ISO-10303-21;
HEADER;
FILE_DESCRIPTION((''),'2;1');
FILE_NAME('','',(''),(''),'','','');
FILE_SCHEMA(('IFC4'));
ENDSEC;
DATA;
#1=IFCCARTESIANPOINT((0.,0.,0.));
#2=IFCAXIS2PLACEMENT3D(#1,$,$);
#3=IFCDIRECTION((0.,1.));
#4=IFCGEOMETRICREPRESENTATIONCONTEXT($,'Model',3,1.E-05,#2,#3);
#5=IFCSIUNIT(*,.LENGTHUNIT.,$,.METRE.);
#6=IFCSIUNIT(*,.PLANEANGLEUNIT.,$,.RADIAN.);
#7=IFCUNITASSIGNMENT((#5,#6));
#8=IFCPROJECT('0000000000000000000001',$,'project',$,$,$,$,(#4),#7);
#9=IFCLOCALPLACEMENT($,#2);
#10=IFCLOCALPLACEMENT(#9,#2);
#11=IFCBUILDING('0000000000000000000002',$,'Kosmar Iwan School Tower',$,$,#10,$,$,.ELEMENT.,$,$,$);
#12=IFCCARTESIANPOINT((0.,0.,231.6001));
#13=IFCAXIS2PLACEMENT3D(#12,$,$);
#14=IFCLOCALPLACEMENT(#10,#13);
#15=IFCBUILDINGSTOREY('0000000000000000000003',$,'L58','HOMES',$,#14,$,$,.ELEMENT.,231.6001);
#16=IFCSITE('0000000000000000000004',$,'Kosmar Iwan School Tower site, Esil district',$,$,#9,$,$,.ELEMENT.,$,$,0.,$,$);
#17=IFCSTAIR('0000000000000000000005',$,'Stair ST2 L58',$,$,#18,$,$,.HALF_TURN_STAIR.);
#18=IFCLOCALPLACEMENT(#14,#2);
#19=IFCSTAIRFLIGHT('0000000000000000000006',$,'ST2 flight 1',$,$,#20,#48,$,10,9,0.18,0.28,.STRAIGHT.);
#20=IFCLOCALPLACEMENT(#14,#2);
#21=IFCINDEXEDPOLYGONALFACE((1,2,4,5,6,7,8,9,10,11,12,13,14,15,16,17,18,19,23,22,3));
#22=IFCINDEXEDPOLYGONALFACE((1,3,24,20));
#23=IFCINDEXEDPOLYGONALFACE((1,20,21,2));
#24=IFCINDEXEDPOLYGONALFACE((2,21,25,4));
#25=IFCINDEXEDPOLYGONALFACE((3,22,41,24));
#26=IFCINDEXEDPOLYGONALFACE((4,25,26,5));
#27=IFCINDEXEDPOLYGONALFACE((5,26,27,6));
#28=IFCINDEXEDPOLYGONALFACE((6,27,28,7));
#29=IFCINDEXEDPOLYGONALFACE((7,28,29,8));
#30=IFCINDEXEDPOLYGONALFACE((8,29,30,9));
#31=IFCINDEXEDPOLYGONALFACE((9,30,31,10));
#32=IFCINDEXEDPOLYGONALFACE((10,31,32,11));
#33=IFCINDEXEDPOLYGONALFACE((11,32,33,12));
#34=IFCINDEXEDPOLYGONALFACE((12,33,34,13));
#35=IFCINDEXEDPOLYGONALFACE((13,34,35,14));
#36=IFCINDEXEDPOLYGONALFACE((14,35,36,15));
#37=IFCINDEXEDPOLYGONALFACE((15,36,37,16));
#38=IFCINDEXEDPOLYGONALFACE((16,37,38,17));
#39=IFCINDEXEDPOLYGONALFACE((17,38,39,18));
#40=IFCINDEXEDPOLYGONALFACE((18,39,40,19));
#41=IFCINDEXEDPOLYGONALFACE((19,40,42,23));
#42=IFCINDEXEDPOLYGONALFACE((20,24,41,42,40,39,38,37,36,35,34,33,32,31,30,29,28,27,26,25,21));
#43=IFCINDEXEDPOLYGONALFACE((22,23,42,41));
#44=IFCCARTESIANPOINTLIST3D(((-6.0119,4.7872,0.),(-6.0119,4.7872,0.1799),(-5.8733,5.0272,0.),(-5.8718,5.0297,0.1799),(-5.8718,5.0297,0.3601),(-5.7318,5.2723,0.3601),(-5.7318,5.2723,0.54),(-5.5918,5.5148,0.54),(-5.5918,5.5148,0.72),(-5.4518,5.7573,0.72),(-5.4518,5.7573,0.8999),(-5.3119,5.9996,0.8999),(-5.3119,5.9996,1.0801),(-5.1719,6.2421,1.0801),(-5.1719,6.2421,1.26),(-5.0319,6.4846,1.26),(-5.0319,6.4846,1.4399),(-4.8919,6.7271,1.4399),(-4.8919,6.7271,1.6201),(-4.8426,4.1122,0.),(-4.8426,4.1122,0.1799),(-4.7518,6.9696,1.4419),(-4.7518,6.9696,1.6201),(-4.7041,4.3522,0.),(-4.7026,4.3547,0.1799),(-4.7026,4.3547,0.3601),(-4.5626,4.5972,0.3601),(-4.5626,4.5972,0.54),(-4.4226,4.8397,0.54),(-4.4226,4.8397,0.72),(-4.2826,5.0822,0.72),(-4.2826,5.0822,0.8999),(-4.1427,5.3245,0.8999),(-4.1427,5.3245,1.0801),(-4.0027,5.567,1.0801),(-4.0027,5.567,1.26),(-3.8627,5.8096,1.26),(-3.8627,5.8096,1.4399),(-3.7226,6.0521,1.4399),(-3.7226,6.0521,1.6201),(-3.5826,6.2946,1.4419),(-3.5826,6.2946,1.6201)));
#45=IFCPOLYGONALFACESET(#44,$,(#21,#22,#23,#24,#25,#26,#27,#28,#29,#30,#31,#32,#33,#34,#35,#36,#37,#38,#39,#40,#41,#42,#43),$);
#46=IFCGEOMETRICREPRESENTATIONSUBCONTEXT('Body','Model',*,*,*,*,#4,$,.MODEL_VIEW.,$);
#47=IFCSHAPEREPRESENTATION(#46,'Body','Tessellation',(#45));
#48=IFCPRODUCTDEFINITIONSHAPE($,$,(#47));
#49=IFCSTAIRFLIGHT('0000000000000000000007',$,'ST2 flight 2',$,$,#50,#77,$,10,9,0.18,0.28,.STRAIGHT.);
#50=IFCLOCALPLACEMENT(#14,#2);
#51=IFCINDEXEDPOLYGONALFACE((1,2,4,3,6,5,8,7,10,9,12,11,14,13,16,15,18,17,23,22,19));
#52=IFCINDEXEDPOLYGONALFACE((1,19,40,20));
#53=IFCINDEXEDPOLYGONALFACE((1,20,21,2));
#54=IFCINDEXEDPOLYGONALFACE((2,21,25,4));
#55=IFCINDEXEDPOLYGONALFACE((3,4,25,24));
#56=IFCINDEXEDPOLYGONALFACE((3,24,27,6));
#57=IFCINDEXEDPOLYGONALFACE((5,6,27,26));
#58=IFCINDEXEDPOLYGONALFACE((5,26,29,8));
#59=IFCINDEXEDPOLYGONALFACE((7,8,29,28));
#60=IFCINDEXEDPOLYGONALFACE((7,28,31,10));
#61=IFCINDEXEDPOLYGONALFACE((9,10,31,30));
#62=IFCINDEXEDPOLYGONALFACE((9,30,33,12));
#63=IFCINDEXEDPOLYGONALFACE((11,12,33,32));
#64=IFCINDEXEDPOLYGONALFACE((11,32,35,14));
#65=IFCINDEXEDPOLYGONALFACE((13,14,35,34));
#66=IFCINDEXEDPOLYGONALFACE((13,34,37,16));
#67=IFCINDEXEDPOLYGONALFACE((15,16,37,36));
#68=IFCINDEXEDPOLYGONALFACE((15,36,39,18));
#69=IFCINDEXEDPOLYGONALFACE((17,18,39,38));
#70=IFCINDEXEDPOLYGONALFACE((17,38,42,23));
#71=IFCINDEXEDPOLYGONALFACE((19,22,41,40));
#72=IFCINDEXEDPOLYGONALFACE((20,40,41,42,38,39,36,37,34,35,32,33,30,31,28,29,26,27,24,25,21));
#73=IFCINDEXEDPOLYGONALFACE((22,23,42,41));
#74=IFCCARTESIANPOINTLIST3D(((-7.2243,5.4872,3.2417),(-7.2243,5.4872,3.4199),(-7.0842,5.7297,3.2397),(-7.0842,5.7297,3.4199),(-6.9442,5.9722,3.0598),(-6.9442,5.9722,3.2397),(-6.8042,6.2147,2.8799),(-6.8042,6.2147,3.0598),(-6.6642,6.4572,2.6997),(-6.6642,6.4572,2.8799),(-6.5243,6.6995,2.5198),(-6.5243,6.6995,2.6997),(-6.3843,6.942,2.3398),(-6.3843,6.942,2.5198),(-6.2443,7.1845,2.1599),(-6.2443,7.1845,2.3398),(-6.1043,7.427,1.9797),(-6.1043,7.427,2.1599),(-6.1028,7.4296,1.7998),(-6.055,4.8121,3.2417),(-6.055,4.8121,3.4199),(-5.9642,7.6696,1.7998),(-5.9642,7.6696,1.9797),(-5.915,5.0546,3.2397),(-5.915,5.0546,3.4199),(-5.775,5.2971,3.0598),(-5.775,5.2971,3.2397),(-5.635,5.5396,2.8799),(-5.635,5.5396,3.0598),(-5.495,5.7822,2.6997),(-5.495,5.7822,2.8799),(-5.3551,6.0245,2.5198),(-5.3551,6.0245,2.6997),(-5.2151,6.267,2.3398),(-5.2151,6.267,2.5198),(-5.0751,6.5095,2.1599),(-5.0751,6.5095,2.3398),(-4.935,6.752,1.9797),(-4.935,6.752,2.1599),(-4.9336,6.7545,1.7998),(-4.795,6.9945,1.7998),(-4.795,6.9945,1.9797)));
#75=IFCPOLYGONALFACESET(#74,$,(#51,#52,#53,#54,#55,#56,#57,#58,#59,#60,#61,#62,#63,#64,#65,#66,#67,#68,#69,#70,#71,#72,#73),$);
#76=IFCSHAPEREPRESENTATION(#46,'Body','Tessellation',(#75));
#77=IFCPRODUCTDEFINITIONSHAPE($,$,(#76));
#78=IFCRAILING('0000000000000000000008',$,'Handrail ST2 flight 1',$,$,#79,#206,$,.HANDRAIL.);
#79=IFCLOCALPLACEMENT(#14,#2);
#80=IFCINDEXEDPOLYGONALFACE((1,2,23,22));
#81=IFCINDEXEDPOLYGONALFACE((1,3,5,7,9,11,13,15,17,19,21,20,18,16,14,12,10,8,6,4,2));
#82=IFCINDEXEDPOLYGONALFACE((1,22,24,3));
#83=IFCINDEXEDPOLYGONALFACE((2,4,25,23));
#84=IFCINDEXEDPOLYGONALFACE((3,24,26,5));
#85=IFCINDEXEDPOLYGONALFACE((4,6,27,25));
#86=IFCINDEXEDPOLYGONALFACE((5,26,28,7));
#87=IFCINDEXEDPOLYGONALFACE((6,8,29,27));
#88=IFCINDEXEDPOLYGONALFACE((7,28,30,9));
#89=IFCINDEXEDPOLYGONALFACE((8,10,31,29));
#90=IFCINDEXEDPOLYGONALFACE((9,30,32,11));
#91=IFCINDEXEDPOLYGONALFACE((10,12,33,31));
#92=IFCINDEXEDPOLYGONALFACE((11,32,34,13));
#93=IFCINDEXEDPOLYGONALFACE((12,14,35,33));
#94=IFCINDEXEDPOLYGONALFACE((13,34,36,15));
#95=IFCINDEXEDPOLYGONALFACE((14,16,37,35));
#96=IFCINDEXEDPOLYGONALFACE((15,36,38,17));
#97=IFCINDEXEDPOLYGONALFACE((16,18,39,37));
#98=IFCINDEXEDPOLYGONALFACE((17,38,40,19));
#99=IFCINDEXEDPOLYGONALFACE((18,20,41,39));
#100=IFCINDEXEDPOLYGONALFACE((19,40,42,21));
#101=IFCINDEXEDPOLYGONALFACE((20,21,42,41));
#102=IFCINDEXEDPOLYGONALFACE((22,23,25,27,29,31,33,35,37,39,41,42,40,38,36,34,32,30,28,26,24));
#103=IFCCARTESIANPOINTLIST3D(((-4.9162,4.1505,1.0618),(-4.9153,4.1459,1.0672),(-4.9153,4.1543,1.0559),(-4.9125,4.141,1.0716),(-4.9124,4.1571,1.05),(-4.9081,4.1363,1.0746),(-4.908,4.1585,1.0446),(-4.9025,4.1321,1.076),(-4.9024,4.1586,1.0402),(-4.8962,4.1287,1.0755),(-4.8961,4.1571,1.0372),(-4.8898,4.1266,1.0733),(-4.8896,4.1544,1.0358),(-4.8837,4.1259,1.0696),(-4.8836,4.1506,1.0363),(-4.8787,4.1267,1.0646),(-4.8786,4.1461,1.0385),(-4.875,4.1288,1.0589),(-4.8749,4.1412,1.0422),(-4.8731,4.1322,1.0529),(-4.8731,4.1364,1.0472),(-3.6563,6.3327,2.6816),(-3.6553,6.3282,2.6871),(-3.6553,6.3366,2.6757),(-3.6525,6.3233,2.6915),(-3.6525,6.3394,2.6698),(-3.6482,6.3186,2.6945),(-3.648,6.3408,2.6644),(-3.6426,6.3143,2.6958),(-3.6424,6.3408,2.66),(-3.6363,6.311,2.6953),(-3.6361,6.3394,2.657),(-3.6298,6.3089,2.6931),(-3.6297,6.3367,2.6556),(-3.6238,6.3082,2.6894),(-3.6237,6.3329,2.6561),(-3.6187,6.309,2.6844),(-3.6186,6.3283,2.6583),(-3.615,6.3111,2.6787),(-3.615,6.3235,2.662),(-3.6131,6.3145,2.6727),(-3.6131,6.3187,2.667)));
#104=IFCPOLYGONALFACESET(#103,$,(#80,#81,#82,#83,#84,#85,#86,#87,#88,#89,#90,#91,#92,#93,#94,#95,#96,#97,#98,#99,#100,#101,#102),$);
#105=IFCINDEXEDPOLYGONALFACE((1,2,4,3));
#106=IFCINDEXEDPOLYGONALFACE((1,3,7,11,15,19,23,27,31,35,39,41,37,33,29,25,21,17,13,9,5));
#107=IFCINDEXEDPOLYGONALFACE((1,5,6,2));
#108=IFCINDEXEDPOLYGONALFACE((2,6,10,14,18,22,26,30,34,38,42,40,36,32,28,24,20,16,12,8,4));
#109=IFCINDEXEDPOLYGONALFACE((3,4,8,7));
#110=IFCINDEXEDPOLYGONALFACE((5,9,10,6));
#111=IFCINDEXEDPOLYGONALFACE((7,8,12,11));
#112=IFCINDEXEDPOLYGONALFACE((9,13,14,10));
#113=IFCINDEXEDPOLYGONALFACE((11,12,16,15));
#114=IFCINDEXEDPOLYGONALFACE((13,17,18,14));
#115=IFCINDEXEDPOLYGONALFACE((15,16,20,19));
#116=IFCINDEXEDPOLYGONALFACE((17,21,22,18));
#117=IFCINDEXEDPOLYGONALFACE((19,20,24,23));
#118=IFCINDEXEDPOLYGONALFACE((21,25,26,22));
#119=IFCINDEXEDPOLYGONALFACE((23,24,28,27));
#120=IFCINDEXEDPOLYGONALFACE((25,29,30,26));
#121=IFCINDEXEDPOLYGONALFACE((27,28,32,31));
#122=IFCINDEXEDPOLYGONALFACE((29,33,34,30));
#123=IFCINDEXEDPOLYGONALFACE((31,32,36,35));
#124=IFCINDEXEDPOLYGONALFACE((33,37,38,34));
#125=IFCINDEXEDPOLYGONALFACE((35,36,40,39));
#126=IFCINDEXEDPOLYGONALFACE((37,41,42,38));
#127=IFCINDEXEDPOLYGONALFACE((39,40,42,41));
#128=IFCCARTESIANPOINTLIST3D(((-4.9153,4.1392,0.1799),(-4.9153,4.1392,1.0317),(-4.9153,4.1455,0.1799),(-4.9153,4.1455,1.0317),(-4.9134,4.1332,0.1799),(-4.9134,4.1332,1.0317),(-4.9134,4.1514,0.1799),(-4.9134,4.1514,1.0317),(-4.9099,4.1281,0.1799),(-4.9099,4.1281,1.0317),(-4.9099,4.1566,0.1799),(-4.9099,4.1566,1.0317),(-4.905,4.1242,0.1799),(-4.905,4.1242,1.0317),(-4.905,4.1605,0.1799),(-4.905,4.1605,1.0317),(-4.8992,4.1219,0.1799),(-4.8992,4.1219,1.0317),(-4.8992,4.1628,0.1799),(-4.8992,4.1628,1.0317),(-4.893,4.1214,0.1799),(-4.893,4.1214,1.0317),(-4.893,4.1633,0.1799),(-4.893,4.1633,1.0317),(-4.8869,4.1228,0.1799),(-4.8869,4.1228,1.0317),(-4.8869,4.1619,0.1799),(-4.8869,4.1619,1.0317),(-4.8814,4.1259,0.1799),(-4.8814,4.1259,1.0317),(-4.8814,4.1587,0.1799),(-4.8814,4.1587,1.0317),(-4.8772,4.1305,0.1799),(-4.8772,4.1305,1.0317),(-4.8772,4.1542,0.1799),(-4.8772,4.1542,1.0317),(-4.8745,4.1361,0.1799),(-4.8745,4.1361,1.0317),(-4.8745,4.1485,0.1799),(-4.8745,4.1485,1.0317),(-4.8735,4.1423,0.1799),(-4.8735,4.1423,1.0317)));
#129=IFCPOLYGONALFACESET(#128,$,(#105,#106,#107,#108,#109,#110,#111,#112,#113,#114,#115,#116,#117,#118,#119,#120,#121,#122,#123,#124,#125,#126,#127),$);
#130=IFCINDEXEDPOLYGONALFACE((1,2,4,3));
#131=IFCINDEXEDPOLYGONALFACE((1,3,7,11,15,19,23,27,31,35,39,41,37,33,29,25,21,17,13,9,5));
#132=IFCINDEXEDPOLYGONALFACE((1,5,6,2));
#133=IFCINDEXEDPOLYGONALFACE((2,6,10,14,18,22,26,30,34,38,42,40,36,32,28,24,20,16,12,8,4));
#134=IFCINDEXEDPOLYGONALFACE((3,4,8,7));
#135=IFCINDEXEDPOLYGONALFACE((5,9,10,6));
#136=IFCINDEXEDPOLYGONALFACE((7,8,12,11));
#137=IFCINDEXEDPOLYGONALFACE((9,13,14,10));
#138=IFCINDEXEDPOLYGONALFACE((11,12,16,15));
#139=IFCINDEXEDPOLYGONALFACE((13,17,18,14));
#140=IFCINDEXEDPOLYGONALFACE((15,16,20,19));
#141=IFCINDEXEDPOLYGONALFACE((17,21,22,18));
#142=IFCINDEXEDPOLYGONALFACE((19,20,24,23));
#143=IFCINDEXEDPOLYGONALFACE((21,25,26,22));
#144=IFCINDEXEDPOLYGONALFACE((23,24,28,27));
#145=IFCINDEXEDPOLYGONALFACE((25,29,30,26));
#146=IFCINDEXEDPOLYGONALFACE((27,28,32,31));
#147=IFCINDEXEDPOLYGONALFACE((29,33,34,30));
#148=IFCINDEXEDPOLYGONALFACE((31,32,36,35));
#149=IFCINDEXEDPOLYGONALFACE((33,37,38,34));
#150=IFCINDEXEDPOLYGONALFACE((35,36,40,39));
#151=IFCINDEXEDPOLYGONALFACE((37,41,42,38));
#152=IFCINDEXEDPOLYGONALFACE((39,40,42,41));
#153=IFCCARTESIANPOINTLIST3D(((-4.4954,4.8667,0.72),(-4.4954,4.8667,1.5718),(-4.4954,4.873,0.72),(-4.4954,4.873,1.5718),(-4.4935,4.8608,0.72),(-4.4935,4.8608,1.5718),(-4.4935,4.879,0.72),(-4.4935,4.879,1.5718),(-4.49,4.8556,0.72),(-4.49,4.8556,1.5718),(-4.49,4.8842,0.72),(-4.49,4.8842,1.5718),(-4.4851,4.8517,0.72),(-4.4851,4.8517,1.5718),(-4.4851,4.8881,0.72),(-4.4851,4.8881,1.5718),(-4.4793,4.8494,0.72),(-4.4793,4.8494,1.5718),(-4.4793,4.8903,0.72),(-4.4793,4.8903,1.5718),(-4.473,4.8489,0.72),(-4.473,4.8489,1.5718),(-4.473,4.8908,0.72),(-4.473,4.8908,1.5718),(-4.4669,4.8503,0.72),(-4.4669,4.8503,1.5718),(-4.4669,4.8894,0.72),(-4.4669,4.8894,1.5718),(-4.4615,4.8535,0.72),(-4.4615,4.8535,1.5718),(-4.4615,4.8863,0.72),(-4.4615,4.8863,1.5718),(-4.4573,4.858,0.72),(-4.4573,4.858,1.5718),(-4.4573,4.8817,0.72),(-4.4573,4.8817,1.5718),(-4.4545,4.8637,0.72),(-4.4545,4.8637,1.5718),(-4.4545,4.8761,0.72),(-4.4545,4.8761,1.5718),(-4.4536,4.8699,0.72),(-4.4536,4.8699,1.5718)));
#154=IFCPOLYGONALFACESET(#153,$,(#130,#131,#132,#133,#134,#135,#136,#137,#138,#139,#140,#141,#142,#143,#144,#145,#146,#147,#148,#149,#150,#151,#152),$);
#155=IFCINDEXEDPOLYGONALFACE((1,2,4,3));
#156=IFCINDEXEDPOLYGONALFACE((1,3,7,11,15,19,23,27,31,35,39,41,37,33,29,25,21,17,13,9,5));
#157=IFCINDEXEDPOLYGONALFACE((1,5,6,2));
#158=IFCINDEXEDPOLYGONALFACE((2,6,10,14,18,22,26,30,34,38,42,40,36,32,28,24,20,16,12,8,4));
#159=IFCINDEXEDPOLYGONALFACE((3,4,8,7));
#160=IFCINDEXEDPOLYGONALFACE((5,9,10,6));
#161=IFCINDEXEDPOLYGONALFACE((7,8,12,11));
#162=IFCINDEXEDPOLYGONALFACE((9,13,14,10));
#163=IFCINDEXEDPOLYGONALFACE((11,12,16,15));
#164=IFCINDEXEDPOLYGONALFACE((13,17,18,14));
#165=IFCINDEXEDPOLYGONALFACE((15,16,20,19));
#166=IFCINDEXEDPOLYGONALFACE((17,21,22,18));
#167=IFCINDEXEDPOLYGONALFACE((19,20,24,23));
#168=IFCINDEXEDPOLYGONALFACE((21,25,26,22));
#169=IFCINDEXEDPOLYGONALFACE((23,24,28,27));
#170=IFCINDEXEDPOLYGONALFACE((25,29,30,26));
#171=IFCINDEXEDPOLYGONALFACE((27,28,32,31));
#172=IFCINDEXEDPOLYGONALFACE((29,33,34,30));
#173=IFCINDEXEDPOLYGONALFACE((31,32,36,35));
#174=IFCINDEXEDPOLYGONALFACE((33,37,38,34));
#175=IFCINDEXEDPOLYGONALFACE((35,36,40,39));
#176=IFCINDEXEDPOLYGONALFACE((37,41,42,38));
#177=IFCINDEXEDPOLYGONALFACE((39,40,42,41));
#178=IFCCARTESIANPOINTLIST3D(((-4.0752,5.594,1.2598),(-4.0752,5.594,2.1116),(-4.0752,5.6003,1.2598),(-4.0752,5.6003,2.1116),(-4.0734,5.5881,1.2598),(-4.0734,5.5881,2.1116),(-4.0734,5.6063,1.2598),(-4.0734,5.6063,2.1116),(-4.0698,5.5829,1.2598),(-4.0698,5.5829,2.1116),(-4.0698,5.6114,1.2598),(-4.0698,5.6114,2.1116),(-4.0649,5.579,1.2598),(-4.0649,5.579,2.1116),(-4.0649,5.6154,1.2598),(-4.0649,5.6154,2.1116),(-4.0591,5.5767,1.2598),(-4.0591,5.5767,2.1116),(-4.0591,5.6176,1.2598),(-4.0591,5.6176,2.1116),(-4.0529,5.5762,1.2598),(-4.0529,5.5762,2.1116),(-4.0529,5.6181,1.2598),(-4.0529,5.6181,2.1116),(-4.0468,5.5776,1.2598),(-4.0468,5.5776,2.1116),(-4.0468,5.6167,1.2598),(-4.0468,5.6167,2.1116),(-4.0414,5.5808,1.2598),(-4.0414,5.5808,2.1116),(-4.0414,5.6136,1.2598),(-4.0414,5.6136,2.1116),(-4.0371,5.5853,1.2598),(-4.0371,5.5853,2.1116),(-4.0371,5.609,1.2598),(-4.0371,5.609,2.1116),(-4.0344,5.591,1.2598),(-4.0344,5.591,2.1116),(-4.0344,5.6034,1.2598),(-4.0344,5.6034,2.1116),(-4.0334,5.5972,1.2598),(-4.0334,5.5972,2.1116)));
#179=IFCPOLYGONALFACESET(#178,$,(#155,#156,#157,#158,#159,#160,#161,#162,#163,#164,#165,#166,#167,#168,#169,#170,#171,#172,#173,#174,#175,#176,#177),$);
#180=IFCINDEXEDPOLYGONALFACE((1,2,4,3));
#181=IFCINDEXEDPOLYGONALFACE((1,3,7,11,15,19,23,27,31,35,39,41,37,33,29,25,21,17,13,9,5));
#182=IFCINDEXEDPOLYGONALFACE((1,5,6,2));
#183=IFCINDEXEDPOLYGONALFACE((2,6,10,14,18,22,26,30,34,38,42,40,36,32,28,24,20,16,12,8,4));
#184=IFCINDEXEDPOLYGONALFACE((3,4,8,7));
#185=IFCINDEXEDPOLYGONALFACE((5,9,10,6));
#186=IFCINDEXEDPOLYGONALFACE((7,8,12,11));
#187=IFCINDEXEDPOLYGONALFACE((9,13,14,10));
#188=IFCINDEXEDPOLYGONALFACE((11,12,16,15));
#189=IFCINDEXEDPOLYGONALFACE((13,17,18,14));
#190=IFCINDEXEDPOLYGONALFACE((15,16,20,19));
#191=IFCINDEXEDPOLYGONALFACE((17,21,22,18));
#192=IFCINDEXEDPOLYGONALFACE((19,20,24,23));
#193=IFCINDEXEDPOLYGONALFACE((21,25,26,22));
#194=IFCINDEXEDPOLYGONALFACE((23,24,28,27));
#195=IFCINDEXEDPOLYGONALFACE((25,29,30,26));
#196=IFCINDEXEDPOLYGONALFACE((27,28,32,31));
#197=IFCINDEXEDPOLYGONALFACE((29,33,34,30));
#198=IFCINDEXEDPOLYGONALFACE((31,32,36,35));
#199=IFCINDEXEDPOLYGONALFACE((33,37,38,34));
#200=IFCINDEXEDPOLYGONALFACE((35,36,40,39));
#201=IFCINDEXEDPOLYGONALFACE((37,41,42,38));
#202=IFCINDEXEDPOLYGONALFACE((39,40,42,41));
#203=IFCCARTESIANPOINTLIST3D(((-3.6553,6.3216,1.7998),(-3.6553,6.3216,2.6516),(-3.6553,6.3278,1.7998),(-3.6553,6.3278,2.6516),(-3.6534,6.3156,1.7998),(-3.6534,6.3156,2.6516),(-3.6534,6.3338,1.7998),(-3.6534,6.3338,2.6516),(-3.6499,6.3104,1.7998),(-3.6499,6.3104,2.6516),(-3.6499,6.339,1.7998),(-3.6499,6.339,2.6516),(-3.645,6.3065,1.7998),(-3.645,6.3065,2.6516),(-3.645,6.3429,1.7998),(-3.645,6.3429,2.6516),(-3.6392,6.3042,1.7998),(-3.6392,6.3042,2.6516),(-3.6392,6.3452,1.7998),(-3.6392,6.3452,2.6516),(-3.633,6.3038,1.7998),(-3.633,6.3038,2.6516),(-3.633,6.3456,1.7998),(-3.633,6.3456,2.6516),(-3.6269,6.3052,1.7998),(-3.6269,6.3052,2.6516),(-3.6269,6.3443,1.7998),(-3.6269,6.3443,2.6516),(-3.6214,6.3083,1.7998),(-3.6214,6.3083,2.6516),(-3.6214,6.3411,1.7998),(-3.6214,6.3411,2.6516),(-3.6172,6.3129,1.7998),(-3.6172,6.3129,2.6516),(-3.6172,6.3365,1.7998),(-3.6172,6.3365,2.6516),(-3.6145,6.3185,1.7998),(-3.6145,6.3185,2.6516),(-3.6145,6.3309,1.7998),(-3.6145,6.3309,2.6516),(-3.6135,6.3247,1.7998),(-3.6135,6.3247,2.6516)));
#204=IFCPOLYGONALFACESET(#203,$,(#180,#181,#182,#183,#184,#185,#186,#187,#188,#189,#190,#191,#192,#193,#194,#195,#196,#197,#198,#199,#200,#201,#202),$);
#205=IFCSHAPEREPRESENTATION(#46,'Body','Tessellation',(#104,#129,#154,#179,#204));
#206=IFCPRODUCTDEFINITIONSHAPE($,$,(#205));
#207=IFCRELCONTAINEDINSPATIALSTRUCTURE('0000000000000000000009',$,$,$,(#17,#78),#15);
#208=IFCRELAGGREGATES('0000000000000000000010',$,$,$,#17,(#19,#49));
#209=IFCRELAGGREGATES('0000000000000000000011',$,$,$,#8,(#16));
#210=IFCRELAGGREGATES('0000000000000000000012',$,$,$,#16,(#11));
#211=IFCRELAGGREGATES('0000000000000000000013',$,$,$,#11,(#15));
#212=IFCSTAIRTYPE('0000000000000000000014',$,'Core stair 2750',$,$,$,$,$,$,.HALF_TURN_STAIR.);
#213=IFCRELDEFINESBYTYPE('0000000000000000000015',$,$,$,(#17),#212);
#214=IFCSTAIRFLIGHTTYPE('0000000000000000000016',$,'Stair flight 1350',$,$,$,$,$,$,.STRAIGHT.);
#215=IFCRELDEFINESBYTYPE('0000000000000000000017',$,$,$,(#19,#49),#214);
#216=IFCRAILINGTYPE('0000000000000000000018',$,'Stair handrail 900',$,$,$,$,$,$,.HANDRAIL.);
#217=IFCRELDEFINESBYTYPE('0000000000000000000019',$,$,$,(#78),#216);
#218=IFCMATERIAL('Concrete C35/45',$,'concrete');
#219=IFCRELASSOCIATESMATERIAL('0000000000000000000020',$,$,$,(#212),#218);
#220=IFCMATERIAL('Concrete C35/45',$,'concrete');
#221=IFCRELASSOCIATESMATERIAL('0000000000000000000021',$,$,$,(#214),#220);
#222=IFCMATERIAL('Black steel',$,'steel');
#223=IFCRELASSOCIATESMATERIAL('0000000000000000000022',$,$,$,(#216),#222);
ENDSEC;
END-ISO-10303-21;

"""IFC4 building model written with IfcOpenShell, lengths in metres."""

from ifc_helpers import new_model, si_unit, direction, frame, origin, origin_2d, place, context, subcontext, project, spatial, polyline, circle, outline, extrude, material, type_object, element, aggregate, save


model = new_model("IFC4")

# Units and contexts
model_context = context("Model", 3, precision=1e-05, world=origin(), true_north=direction((0.0, 1.0)))
body_context = subcontext(model_context, "Body", "Model", "MODEL_VIEW")
ifc_project = project(units=[si_unit("LENGTHUNIT", "METRE"), si_unit("PLANEANGLEUNIT", "RADIAN")], contexts=[model_context])

# Site, building, storey
site_placement = place(None, origin())
site = spatial("IfcSite", under=ifc_project, at=site_placement, Name="Kosmar Iwan School Tower site, Esil district", CompositionType="ELEMENT", RefElevation=0.0)
building_placement = place(site_placement, origin())
building = spatial("IfcBuilding", under=site, at=building_placement, Name="Kosmar Iwan School Tower", CompositionType="ELEMENT")
storey_placement = place(building_placement, frame((0.0, 0.0, 231.6001)))
storey = spatial("IfcBuildingStorey", under=building, at=storey_placement, Name="L58", Description="HOMES", CompositionType="ELEMENT", Elevation=231.6001)

# Stair, stair flights
ifc_material_1 = material(Name="Concrete C35/45", Category="concrete")
stair_type = type_object("IfcStairType", Name="Core stair 2750", PredefinedType="HALF_TURN_STAIR", material=ifc_material_1)
stair_placement = place(storey_placement, origin())
stair = element("IfcStair", 1, at=stair_placement, inside=storey, type_object=stair_type, Name="Stair ST2 L58", PredefinedType="HALF_TURN_STAIR")
ifc_material_2 = material(Name="Concrete C35/45", Category="concrete")
stair_flight_type = type_object("IfcStairFlightType", Name="Stair flight 1350", PredefinedType="STRAIGHT", material=ifc_material_2)
stair_flight_1_placement = place(storey_placement, frame((-5.4272, 4.4497, 0.0), z_axis=(0.0, 0.0, 1.0), x_axis=(0.5, 0.866025, 0.0)))
stair_flight_1 = element("IfcStairFlight", 2, at=stair_flight_1_placement, type_object=stair_flight_type, Name="ST2 flight 1", NumberOfRisers=10, NumberOfTreads=9, PredefinedType="STRAIGHT", RiserHeight=0.18, TreadLength=0.28, context=body_context, shape_type="SweptSolid", body=[
    extrude(outline(polyline([(0.0, 0.0), (0.0, 0.1799), (0.28, 0.1799), (0.28, 0.3601), (0.5601, 0.3601), (0.5601, 0.54), (0.8401, 0.54), (0.8401, 0.72), (1.1201, 0.72), (1.1201, 0.8999), (1.3999, 0.8999), (1.3999, 1.0801), (1.6799, 1.0801), (1.6799, 1.26), (1.96, 1.26), (1.96, 1.4399), (2.24, 1.4399), (2.24, 1.6201), (2.52, 1.6201), (2.52, 1.8), (2.52, 1.4419), (0.2771, 0.0), (0.0, 0.0)])), frame((0.0, 0.675, 0.0), z_axis=(0.0, -1.0, 0.0), x_axis=(1.0, 0.0, 0.0)), (0.0, 0.0, 1.0), 1.3501),
])
stair_flight_2_placement = place(storey_placement, frame((-5.3796, 7.332, 1.7998), z_axis=(0.0, 0.0, 1.0), x_axis=(-0.5, -0.866025, 0.0)))
stair_flight_2 = element("IfcStairFlight", 3, at=stair_flight_2_placement, type_object=stair_flight_type, Name="ST2 flight 2", NumberOfRisers=10, NumberOfTreads=9, PredefinedType="STRAIGHT", RiserHeight=0.18, TreadLength=0.28, context=body_context, shape_type="SweptSolid", body=[
    extrude(outline(polyline([(0.0, 0.0), (0.0, 0.1799), (0.28, 0.1799), (0.28, 0.3601), (0.5601, 0.3601), (0.5601, 0.54), (0.8401, 0.54), (0.8401, 0.72), (1.1201, 0.72), (1.1201, 0.8999), (1.3999, 0.8999), (1.3999, 1.0801), (1.6799, 1.0801), (1.6799, 1.26), (1.96, 1.26), (1.96, 1.4399), (2.24, 1.4399), (2.24, 1.6201), (2.52, 1.6201), (2.52, 1.8), (2.52, 1.4419), (0.2771, 0.0), (0.0, 0.0)])), frame((0.0, 0.675, 0.0), z_axis=(0.0, -1.0, 0.0), x_axis=(1.0, 0.0, 0.0)), (0.0, 0.0, 1.0), 1.3501),
])
aggregate(stair, [stair_flight_1, stair_flight_2])

# Railing
ifc_material_3 = material(Name="Black steel", Category="steel")
railing_type = type_object("IfcRailingType", Name="Stair handrail 900", PredefinedType="HANDRAIL", material=ifc_material_3)
railing_1_placement = place(storey_placement, frame((-4.8945, 4.1423, 0.1799)))
element("IfcRailing", 4, at=railing_1_placement, inside=storey, type_object=railing_type, Name="Handrail ST2 flight 1", PredefinedType="HANDRAIL", context=body_context, shape_type="SweptSolid", body=[
    extrude(circle(Radius=0.0239, at=origin_2d()), frame((0.0, 0.0, 0.876), z_axis=(0.420603, 0.728496, 0.540728), x_axis=(-0.866023, 0.500005, 0.0)), (0.0, 0.0, 1.0), 2.9956),
    extrude(circle(Radius=0.021, at=origin_2d()), origin(), (0.0, 0.0, 1.0), 0.8518),
    extrude(circle(Radius=0.021, at=origin_2d()), frame((0.4199, 0.7275, 0.54)), (0.0, 0.0, 1.0), 0.8518),
    extrude(circle(Radius=0.021, at=origin_2d()), frame((0.8401, 1.4548, 1.0798)), (0.0, 0.0, 1.0), 0.8518),
    extrude(circle(Radius=0.021, at=origin_2d()), frame((1.26, 2.1824, 1.6199)), (0.0, 0.0, 1.0), 0.8518),
])

save(model, "model.ifc")
